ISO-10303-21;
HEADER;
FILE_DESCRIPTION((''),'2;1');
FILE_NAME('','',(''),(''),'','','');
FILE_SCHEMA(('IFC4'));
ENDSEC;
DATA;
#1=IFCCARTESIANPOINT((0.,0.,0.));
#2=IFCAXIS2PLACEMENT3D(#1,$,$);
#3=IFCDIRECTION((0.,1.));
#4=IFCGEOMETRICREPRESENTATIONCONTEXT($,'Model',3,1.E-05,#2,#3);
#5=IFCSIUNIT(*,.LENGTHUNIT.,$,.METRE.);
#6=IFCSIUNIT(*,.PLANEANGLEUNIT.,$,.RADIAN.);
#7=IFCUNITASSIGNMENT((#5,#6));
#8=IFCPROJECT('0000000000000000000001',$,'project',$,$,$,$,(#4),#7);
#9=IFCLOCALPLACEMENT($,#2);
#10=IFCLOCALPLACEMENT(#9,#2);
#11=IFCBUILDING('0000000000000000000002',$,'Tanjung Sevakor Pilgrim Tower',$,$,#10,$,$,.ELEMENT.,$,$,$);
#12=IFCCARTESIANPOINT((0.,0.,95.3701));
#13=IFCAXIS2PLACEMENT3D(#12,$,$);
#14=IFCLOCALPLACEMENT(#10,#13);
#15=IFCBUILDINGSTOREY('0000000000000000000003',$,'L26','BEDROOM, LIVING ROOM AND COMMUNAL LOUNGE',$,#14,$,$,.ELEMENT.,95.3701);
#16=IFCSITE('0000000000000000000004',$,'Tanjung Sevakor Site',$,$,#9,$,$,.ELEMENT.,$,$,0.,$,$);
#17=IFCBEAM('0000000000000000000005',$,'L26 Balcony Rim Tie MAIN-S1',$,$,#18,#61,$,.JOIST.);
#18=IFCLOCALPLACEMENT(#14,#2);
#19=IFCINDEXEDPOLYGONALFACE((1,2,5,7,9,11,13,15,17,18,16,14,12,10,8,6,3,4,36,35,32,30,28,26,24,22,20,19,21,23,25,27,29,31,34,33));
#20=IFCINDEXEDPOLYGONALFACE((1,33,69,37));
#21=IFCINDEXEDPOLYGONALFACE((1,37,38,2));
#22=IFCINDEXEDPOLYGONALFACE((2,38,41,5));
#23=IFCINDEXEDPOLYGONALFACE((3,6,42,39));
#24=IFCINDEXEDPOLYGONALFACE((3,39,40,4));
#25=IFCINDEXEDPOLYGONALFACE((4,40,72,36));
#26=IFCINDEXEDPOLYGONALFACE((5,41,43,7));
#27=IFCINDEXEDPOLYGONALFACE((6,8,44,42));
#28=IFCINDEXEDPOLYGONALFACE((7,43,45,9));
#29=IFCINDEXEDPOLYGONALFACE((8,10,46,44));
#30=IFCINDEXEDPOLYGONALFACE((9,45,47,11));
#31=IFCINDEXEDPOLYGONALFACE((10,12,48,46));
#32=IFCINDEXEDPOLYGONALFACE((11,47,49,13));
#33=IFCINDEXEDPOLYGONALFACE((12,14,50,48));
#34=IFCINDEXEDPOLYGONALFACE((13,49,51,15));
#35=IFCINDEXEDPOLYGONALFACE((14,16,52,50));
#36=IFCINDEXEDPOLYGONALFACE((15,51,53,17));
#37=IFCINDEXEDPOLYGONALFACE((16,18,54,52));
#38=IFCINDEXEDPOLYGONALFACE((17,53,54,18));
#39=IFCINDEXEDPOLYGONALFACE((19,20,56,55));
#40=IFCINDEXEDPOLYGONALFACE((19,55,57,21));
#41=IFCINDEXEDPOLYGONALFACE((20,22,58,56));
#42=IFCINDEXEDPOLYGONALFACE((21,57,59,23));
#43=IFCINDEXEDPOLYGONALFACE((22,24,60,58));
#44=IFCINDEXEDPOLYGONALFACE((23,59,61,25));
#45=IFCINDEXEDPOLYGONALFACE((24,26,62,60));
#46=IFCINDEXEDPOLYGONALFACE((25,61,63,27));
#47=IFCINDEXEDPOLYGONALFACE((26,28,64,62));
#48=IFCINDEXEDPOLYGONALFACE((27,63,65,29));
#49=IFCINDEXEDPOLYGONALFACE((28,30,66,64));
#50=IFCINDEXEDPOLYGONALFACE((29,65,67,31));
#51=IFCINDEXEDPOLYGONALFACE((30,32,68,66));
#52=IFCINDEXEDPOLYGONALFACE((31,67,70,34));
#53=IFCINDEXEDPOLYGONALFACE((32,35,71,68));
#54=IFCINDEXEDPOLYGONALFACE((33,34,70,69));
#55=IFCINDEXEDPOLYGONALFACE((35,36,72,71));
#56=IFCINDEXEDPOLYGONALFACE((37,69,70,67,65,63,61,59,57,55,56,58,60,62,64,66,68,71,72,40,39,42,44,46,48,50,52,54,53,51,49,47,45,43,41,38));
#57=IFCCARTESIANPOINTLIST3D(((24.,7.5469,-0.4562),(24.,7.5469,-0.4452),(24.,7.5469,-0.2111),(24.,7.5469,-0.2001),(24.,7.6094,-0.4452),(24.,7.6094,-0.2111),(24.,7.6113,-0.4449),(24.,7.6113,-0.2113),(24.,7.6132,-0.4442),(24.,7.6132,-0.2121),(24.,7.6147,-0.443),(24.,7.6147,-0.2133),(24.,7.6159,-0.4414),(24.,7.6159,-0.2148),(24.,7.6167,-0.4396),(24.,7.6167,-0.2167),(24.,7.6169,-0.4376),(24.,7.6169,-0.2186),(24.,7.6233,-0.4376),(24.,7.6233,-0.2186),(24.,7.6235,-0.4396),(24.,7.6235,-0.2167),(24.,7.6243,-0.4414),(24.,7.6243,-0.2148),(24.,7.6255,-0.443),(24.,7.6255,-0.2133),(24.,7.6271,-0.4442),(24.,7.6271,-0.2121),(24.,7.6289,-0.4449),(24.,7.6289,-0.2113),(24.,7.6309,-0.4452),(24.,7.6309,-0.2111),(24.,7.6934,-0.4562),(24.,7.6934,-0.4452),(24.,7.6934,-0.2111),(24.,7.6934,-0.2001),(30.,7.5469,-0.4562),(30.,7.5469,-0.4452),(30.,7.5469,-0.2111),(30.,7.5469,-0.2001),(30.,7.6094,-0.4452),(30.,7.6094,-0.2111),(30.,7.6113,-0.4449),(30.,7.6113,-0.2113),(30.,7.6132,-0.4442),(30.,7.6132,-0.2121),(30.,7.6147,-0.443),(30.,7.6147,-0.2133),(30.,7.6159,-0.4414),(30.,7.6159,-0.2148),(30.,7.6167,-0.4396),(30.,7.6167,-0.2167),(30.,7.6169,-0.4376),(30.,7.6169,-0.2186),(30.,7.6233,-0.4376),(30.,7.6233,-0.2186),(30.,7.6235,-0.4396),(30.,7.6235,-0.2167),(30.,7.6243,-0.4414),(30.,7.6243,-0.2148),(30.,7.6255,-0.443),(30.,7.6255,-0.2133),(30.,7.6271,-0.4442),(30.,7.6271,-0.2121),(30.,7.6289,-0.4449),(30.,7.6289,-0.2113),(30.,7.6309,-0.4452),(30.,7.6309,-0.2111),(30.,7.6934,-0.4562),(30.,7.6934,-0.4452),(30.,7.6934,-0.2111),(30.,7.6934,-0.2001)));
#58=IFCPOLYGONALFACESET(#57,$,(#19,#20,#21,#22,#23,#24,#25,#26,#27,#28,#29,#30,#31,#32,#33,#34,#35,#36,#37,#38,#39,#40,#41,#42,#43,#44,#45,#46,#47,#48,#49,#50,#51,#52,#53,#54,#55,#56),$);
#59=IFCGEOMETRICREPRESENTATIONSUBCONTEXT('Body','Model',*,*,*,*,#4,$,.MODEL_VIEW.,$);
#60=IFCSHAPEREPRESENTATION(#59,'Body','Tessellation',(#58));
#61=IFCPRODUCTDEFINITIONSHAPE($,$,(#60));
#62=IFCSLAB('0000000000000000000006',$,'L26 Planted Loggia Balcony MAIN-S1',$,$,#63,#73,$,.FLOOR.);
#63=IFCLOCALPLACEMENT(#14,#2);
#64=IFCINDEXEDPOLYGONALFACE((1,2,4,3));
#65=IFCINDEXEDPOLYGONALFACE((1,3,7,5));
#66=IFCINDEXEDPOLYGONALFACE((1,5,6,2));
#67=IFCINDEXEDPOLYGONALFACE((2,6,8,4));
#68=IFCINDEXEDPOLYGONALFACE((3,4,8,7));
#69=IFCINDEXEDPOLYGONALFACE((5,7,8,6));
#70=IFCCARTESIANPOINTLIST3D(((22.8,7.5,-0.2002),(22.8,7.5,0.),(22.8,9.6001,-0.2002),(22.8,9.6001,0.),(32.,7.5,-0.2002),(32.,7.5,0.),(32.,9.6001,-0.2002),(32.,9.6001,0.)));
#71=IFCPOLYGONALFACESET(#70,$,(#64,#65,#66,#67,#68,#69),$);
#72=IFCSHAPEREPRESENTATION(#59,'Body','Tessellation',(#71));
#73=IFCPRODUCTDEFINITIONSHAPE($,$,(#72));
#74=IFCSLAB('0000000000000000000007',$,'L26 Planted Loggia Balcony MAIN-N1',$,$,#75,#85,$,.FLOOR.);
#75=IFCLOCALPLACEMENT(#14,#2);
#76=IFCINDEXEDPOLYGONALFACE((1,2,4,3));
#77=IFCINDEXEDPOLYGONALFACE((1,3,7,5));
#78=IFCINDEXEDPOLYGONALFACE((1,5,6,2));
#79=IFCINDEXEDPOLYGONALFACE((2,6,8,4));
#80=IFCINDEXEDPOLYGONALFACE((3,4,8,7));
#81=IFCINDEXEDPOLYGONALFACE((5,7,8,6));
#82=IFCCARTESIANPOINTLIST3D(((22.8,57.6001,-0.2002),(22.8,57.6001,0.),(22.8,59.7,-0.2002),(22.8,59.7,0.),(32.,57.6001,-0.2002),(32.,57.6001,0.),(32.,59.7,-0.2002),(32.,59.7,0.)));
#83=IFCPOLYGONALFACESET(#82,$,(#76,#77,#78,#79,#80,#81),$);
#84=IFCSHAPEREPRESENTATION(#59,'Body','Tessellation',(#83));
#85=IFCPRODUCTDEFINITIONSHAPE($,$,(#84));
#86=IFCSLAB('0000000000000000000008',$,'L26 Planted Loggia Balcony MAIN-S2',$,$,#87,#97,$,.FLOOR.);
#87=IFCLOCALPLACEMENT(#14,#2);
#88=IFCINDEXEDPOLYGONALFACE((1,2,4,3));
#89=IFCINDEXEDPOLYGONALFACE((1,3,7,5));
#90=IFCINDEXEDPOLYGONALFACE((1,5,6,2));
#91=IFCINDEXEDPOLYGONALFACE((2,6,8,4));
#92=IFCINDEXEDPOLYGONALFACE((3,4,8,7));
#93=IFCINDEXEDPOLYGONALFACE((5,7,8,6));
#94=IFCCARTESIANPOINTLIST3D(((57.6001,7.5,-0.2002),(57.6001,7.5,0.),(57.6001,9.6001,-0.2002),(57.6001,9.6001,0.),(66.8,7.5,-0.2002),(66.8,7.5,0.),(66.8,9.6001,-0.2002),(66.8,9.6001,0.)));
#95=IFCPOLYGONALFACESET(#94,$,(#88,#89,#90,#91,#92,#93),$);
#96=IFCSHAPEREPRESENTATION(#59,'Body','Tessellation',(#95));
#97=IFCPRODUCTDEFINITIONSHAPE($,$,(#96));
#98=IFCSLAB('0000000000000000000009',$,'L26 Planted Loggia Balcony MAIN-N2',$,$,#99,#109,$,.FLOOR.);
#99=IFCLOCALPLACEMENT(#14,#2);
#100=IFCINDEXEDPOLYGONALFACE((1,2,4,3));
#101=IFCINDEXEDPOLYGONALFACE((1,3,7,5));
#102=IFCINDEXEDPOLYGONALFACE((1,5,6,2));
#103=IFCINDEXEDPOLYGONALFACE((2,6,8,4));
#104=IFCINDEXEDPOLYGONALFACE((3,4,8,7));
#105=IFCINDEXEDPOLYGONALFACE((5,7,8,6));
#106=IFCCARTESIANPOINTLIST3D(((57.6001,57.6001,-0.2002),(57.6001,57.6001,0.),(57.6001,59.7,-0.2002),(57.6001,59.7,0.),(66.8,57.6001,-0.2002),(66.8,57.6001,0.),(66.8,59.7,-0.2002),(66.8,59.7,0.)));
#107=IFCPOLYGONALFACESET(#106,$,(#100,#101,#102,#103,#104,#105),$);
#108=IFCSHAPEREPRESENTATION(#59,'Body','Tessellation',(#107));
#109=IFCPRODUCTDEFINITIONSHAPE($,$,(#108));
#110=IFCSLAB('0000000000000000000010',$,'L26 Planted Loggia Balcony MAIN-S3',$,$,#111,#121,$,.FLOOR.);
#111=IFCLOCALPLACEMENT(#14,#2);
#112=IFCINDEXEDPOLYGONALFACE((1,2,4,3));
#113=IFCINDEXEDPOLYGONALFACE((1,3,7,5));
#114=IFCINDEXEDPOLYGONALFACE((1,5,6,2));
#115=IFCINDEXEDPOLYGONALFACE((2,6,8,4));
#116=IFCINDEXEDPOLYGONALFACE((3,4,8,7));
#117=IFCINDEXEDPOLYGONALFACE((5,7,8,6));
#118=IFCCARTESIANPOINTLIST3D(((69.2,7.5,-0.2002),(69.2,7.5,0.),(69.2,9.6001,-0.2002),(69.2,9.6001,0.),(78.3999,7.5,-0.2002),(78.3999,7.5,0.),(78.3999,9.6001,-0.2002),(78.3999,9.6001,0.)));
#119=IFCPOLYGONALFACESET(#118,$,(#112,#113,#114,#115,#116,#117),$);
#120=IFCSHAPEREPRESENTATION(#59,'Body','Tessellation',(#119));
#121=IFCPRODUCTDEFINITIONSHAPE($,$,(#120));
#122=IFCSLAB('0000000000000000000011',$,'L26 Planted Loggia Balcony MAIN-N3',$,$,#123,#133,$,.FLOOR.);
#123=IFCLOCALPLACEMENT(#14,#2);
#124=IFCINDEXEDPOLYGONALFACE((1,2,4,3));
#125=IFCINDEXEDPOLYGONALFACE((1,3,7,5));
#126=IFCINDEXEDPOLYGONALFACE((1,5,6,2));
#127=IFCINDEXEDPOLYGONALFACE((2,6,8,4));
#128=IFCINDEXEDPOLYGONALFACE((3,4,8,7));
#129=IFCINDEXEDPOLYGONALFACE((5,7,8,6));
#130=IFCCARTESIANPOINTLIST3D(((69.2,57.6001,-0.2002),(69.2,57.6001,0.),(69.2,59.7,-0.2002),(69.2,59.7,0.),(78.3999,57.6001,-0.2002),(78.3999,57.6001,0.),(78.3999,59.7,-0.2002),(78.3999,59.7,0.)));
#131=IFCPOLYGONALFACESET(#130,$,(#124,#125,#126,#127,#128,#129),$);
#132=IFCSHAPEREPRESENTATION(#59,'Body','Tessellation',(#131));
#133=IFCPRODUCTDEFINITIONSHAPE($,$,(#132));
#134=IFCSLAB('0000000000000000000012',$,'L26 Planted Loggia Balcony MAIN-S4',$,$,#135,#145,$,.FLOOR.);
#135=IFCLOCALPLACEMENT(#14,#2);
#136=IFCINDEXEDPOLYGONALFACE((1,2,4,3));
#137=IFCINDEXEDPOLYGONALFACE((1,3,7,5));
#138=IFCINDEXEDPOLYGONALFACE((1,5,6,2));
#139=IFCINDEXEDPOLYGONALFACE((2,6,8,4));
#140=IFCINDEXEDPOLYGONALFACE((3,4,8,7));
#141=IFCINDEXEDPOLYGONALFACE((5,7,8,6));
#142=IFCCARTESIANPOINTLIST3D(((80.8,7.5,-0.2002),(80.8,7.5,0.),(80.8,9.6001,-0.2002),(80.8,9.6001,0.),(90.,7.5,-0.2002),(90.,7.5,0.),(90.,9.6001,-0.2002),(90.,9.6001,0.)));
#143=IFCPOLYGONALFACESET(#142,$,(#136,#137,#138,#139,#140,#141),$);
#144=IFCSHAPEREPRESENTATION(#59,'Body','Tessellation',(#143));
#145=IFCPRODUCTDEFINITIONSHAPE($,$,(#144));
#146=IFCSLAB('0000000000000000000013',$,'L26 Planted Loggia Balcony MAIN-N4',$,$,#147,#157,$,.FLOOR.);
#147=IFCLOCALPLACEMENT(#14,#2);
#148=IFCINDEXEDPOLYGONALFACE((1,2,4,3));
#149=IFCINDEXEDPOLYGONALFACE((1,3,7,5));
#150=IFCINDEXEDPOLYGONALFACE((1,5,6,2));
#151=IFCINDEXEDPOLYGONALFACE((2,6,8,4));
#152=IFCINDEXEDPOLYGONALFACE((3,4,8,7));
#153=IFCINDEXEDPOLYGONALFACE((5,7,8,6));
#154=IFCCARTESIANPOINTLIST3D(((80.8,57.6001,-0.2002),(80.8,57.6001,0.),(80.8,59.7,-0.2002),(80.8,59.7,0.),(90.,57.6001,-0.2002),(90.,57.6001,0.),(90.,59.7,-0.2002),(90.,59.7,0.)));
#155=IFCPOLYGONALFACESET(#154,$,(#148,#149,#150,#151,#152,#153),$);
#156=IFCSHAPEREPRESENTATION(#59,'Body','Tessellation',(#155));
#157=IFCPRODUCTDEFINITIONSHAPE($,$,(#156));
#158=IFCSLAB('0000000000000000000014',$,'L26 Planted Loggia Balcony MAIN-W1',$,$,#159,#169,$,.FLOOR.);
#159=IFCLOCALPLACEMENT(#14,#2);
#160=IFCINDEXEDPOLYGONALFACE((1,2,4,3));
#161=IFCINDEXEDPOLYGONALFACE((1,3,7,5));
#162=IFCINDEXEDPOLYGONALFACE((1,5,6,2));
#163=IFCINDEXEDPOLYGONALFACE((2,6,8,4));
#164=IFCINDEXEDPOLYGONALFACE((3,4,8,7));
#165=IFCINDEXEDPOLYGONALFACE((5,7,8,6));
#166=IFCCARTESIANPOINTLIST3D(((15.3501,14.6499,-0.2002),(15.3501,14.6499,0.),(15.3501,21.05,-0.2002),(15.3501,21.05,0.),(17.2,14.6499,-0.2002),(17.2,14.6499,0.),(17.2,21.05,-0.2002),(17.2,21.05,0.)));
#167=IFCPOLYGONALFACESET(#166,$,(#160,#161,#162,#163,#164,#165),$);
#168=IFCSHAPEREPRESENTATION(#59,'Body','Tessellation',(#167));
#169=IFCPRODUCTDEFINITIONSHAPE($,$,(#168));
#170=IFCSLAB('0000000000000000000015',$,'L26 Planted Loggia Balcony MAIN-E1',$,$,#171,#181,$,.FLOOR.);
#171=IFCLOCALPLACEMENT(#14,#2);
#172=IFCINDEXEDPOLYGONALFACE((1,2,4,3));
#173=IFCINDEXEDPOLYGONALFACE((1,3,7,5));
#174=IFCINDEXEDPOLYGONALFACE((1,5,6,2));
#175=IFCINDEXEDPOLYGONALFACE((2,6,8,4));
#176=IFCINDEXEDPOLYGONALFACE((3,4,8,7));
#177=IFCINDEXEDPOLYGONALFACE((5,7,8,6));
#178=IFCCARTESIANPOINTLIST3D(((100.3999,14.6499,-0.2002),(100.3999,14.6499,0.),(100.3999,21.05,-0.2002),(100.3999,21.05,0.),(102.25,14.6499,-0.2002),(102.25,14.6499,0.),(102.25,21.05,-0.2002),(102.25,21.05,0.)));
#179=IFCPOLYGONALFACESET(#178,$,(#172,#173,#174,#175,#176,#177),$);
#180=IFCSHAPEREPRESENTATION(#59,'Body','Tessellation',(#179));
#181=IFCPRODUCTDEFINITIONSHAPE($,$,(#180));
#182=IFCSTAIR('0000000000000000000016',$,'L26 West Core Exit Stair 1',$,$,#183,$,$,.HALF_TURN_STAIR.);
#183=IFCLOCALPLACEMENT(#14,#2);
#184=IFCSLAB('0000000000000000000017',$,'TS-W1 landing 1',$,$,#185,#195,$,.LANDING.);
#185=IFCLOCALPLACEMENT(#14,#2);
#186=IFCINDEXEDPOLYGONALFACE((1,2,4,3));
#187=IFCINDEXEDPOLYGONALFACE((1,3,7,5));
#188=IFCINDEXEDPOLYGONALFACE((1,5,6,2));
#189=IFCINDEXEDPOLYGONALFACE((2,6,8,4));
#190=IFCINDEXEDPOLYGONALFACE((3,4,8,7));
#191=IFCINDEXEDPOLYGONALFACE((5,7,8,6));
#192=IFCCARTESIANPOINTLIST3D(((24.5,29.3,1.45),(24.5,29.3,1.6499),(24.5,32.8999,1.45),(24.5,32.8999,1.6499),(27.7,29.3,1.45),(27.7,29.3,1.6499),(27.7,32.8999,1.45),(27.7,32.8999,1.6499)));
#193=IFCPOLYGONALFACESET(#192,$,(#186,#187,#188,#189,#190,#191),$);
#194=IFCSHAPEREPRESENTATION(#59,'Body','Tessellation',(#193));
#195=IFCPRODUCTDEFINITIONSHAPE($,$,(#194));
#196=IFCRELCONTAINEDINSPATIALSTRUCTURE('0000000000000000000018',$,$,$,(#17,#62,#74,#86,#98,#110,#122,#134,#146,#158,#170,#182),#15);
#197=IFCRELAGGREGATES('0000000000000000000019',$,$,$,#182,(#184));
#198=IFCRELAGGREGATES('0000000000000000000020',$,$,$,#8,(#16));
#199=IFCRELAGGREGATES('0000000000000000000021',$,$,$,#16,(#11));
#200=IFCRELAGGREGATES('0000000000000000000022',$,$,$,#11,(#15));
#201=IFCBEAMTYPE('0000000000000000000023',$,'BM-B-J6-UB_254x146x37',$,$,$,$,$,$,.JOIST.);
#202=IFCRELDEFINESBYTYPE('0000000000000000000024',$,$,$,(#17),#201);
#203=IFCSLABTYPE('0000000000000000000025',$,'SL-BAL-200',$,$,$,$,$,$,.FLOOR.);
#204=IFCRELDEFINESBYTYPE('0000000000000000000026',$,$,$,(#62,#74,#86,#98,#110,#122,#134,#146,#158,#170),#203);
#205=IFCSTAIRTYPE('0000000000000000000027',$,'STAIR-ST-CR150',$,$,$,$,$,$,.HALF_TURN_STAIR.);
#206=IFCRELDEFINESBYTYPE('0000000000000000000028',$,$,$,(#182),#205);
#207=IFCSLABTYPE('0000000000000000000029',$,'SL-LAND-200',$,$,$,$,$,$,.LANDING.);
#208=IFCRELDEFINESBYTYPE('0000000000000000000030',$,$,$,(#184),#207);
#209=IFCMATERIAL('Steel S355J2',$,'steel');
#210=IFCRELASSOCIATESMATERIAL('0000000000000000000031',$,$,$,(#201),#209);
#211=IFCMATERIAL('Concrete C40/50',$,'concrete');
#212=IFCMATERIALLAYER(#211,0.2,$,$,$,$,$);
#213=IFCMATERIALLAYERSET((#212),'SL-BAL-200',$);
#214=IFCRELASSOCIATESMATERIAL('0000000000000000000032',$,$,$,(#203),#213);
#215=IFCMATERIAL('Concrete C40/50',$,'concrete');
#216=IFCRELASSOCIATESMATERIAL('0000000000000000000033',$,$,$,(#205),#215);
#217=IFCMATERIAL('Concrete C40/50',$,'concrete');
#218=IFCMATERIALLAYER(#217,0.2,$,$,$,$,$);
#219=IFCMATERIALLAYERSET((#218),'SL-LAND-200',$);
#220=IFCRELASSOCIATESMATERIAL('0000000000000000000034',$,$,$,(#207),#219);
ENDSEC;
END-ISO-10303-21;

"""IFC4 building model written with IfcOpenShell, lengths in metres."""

from ifc_helpers import new_model, si_unit, direction, frame, origin, origin_2d, place, context, subcontext, project, spatial, polyline, i_section, outline, extrude, material, layer, layer_set, material_profile, profile_set, type_object, element, aggregate, save


model = new_model("IFC4")

# Units and contexts
model_context = context("Model", 3, precision=1e-05, world=origin(), true_north=direction((0.0, 1.0)))
body_context = subcontext(model_context, "Body", "Model", "MODEL_VIEW")
ifc_project = project(units=[si_unit("LENGTHUNIT", "METRE"), si_unit("PLANEANGLEUNIT", "RADIAN")], contexts=[model_context])

# Site, building, storey
site_placement = place(None, origin())
site = spatial("IfcSite", under=ifc_project, at=site_placement, Name="Tanjung Sevakor Site", CompositionType="ELEMENT", RefElevation=0.0)
building_placement = place(site_placement, origin())
building = spatial("IfcBuilding", under=site, at=building_placement, Name="Tanjung Sevakor Pilgrim Tower", CompositionType="ELEMENT")
storey_placement = place(building_placement, frame((0.0, 0.0, 95.3701)))
storey = spatial("IfcBuildingStorey", under=building, at=storey_placement, Name="L26", Description="BEDROOM, LIVING ROOM AND COMMUNAL LOUNGE", CompositionType="ELEMENT", Elevation=95.3701)

# Beam
ifc_material_1 = material(Name="Steel S355J2", Category="steel")
ifc_material_profile = material_profile(ifc_material_1, i_section(OverallWidth=0.1465, OverallDepth=0.2561, WebThickness=0.0063, FlangeThickness=0.011, FilletRadius=0.0076, at=origin_2d()))
ifc_profile_set = profile_set([ifc_material_profile], Name="Steel S355J2")
beam_type = type_object("IfcBeamType", Name="BM-B-J6-UB_254x146x37", PredefinedType="JOIST", material=ifc_profile_set)
beam_placement = place(storey_placement, frame((24.0, 7.6201, -0.3281), z_axis=(1.0, 0.0, 0.0), x_axis=(0.0, 1.0, 0.0)))
element("IfcBeam", 1, at=beam_placement, inside=storey, type_object=beam_type, Name="L26 Balcony Rim Tie MAIN-S1", PredefinedType="JOIST", context=body_context, shape_type="SweptSolid", body=[
    extrude(i_section(OverallWidth=0.1465, OverallDepth=0.2561, WebThickness=0.0063, FlangeThickness=0.011, FilletRadius=0.0076, at=origin_2d()), origin(), (0.0, 0.0, 1.0), 6.0),
])

# Slabs
ifc_material_2 = material(Name="Concrete C40/50", Category="concrete")
ifc_layer_1 = layer(ifc_material_2, 0.2)
ifc_layer_set_1 = layer_set([ifc_layer_1], Name="SL-BAL-200")
slab_type_1 = type_object("IfcSlabType", Name="SL-BAL-200", PredefinedType="FLOOR", material=ifc_layer_set_1)
slab_1_placement = place(storey_placement, frame((0.0, 0.0, -0.2002)))
element("IfcSlab", 2, at=slab_1_placement, inside=storey, type_object=slab_type_1, Name="L26 Planted Loggia Balcony MAIN-S1", PredefinedType="FLOOR", context=body_context, shape_type="SweptSolid", body=[
    extrude(outline(polyline([(22.8, 7.5), (32.0, 7.5), (32.0, 9.6001), (22.8, 9.6001), (22.8, 7.5)])), origin(), (0.0, 0.0, 1.0), 0.2002),
])
slab_2_placement = place(storey_placement, frame((0.0, 0.0, -0.2002)))
element("IfcSlab", 3, at=slab_2_placement, inside=storey, type_object=slab_type_1, Name="L26 Planted Loggia Balcony MAIN-N1", PredefinedType="FLOOR", context=body_context, shape_type="SweptSolid", body=[
    extrude(outline(polyline([(22.8, 57.6001), (32.0, 57.6001), (32.0, 59.7), (22.8, 59.7), (22.8, 57.6001)])), origin(), (0.0, 0.0, 1.0), 0.2002),
])
slab_3_placement = place(storey_placement, frame((0.0, 0.0, -0.2002)))
element("IfcSlab", 4, at=slab_3_placement, inside=storey, type_object=slab_type_1, Name="L26 Planted Loggia Balcony MAIN-S2", PredefinedType="FLOOR", context=body_context, shape_type="SweptSolid", body=[
    extrude(outline(polyline([(57.6001, 7.5), (66.8, 7.5), (66.8, 9.6001), (57.6001, 9.6001), (57.6001, 7.5)])), origin(), (0.0, 0.0, 1.0), 0.2002),
])
slab_4_placement = place(storey_placement, frame((0.0, 0.0, -0.2002)))
element("IfcSlab", 5, at=slab_4_placement, inside=storey, type_object=slab_type_1, Name="L26 Planted Loggia Balcony MAIN-N2", PredefinedType="FLOOR", context=body_context, shape_type="SweptSolid", body=[
    extrude(outline(polyline([(57.6001, 57.6001), (66.8, 57.6001), (66.8, 59.7), (57.6001, 59.7), (57.6001, 57.6001)])), origin(), (0.0, 0.0, 1.0), 0.2002),
])
slab_5_placement = place(storey_placement, frame((0.0, 0.0, -0.2002)))
element("IfcSlab", 6, at=slab_5_placement, inside=storey, type_object=slab_type_1, Name="L26 Planted Loggia Balcony MAIN-S3", PredefinedType="FLOOR", context=body_context, shape_type="SweptSolid", body=[
    extrude(outline(polyline([(69.2, 7.5), (78.3999, 7.5), (78.3999, 9.6001), (69.2, 9.6001), (69.2, 7.5)])), origin(), (0.0, 0.0, 1.0), 0.2002),
])
slab_6_placement = place(storey_placement, frame((0.0, 0.0, -0.2002)))
element("IfcSlab", 7, at=slab_6_placement, inside=storey, type_object=slab_type_1, Name="L26 Planted Loggia Balcony MAIN-N3", PredefinedType="FLOOR", context=body_context, shape_type="SweptSolid", body=[
    extrude(outline(polyline([(69.2, 57.6001), (78.3999, 57.6001), (78.3999, 59.7), (69.2, 59.7), (69.2, 57.6001)])), origin(), (0.0, 0.0, 1.0), 0.2002),
])
slab_7_placement = place(storey_placement, frame((0.0, 0.0, -0.2002)))
element("IfcSlab", 8, at=slab_7_placement, inside=storey, type_object=slab_type_1, Name="L26 Planted Loggia Balcony MAIN-S4", PredefinedType="FLOOR", context=body_context, shape_type="SweptSolid", body=[
    extrude(outline(polyline([(80.8, 7.5), (90.0, 7.5), (90.0, 9.6001), (80.8, 9.6001), (80.8, 7.5)])), origin(), (0.0, 0.0, 1.0), 0.2002),
])
slab_8_placement = place(storey_placement, frame((0.0, 0.0, -0.2002)))
element("IfcSlab", 9, at=slab_8_placement, inside=storey, type_object=slab_type_1, Name="L26 Planted Loggia Balcony MAIN-N4", PredefinedType="FLOOR", context=body_context, shape_type="SweptSolid", body=[
    extrude(outline(polyline([(80.8, 57.6001), (90.0, 57.6001), (90.0, 59.7), (80.8, 59.7), (80.8, 57.6001)])), origin(), (0.0, 0.0, 1.0), 0.2002),
])
slab_9_placement = place(storey_placement, frame((0.0, 0.0, -0.2002)))
element("IfcSlab", 10, at=slab_9_placement, inside=storey, type_object=slab_type_1, Name="L26 Planted Loggia Balcony MAIN-W1", PredefinedType="FLOOR", context=body_context, shape_type="SweptSolid", body=[
    extrude(outline(polyline([(15.3501, 14.6499), (17.2, 14.6499), (17.2, 21.05), (15.3501, 21.05), (15.3501, 14.6499)])), origin(), (0.0, 0.0, 1.0), 0.2002),
])
slab_10_placement = place(storey_placement, frame((0.0, 0.0, -0.2002)))
element("IfcSlab", 11, at=slab_10_placement, inside=storey, type_object=slab_type_1, Name="L26 Planted Loggia Balcony MAIN-E1", PredefinedType="FLOOR", context=body_context, shape_type="SweptSolid", body=[
    extrude(outline(polyline([(100.3999, 14.6499), (102.25, 14.6499), (102.25, 21.05), (100.3999, 21.05), (100.3999, 14.6499)])), origin(), (0.0, 0.0, 1.0), 0.2002),
])

# Stair, slab
ifc_material_3 = material(Name="Concrete C40/50", Category="concrete")
stair_type = type_object("IfcStairType", Name="STAIR-ST-CR150", PredefinedType="HALF_TURN_STAIR", material=ifc_material_3)
stair_1_placement = place(storey_placement, origin())
stair_1 = element("IfcStair", 12, at=stair_1_placement, inside=storey, type_object=stair_type, Name="L26 West Core Exit Stair 1", PredefinedType="HALF_TURN_STAIR")
ifc_material_4 = material(Name="Concrete C40/50", Category="concrete")
ifc_layer_2 = layer(ifc_material_4, 0.2)
ifc_layer_set_2 = layer_set([ifc_layer_2], Name="SL-LAND-200")
slab_type_2 = type_object("IfcSlabType", Name="SL-LAND-200", PredefinedType="LANDING", material=ifc_layer_set_2)
slab_11_placement = place(storey_placement, frame((0.0, 0.0, 1.45)))
slab_11 = element("IfcSlab", 13, at=slab_11_placement, type_object=slab_type_2, Name="TS-W1 landing 1", PredefinedType="LANDING", context=body_context, shape_type="SweptSolid", body=[
    extrude(outline(polyline([(27.7, 29.3), (27.7, 32.8999), (24.5, 32.8999), (24.5, 29.3), (27.7, 29.3)])), origin(), (0.0, 0.0, 1.0), 0.2),
])
aggregate(stair_1, [slab_11])

save(model, "model.ifc")
